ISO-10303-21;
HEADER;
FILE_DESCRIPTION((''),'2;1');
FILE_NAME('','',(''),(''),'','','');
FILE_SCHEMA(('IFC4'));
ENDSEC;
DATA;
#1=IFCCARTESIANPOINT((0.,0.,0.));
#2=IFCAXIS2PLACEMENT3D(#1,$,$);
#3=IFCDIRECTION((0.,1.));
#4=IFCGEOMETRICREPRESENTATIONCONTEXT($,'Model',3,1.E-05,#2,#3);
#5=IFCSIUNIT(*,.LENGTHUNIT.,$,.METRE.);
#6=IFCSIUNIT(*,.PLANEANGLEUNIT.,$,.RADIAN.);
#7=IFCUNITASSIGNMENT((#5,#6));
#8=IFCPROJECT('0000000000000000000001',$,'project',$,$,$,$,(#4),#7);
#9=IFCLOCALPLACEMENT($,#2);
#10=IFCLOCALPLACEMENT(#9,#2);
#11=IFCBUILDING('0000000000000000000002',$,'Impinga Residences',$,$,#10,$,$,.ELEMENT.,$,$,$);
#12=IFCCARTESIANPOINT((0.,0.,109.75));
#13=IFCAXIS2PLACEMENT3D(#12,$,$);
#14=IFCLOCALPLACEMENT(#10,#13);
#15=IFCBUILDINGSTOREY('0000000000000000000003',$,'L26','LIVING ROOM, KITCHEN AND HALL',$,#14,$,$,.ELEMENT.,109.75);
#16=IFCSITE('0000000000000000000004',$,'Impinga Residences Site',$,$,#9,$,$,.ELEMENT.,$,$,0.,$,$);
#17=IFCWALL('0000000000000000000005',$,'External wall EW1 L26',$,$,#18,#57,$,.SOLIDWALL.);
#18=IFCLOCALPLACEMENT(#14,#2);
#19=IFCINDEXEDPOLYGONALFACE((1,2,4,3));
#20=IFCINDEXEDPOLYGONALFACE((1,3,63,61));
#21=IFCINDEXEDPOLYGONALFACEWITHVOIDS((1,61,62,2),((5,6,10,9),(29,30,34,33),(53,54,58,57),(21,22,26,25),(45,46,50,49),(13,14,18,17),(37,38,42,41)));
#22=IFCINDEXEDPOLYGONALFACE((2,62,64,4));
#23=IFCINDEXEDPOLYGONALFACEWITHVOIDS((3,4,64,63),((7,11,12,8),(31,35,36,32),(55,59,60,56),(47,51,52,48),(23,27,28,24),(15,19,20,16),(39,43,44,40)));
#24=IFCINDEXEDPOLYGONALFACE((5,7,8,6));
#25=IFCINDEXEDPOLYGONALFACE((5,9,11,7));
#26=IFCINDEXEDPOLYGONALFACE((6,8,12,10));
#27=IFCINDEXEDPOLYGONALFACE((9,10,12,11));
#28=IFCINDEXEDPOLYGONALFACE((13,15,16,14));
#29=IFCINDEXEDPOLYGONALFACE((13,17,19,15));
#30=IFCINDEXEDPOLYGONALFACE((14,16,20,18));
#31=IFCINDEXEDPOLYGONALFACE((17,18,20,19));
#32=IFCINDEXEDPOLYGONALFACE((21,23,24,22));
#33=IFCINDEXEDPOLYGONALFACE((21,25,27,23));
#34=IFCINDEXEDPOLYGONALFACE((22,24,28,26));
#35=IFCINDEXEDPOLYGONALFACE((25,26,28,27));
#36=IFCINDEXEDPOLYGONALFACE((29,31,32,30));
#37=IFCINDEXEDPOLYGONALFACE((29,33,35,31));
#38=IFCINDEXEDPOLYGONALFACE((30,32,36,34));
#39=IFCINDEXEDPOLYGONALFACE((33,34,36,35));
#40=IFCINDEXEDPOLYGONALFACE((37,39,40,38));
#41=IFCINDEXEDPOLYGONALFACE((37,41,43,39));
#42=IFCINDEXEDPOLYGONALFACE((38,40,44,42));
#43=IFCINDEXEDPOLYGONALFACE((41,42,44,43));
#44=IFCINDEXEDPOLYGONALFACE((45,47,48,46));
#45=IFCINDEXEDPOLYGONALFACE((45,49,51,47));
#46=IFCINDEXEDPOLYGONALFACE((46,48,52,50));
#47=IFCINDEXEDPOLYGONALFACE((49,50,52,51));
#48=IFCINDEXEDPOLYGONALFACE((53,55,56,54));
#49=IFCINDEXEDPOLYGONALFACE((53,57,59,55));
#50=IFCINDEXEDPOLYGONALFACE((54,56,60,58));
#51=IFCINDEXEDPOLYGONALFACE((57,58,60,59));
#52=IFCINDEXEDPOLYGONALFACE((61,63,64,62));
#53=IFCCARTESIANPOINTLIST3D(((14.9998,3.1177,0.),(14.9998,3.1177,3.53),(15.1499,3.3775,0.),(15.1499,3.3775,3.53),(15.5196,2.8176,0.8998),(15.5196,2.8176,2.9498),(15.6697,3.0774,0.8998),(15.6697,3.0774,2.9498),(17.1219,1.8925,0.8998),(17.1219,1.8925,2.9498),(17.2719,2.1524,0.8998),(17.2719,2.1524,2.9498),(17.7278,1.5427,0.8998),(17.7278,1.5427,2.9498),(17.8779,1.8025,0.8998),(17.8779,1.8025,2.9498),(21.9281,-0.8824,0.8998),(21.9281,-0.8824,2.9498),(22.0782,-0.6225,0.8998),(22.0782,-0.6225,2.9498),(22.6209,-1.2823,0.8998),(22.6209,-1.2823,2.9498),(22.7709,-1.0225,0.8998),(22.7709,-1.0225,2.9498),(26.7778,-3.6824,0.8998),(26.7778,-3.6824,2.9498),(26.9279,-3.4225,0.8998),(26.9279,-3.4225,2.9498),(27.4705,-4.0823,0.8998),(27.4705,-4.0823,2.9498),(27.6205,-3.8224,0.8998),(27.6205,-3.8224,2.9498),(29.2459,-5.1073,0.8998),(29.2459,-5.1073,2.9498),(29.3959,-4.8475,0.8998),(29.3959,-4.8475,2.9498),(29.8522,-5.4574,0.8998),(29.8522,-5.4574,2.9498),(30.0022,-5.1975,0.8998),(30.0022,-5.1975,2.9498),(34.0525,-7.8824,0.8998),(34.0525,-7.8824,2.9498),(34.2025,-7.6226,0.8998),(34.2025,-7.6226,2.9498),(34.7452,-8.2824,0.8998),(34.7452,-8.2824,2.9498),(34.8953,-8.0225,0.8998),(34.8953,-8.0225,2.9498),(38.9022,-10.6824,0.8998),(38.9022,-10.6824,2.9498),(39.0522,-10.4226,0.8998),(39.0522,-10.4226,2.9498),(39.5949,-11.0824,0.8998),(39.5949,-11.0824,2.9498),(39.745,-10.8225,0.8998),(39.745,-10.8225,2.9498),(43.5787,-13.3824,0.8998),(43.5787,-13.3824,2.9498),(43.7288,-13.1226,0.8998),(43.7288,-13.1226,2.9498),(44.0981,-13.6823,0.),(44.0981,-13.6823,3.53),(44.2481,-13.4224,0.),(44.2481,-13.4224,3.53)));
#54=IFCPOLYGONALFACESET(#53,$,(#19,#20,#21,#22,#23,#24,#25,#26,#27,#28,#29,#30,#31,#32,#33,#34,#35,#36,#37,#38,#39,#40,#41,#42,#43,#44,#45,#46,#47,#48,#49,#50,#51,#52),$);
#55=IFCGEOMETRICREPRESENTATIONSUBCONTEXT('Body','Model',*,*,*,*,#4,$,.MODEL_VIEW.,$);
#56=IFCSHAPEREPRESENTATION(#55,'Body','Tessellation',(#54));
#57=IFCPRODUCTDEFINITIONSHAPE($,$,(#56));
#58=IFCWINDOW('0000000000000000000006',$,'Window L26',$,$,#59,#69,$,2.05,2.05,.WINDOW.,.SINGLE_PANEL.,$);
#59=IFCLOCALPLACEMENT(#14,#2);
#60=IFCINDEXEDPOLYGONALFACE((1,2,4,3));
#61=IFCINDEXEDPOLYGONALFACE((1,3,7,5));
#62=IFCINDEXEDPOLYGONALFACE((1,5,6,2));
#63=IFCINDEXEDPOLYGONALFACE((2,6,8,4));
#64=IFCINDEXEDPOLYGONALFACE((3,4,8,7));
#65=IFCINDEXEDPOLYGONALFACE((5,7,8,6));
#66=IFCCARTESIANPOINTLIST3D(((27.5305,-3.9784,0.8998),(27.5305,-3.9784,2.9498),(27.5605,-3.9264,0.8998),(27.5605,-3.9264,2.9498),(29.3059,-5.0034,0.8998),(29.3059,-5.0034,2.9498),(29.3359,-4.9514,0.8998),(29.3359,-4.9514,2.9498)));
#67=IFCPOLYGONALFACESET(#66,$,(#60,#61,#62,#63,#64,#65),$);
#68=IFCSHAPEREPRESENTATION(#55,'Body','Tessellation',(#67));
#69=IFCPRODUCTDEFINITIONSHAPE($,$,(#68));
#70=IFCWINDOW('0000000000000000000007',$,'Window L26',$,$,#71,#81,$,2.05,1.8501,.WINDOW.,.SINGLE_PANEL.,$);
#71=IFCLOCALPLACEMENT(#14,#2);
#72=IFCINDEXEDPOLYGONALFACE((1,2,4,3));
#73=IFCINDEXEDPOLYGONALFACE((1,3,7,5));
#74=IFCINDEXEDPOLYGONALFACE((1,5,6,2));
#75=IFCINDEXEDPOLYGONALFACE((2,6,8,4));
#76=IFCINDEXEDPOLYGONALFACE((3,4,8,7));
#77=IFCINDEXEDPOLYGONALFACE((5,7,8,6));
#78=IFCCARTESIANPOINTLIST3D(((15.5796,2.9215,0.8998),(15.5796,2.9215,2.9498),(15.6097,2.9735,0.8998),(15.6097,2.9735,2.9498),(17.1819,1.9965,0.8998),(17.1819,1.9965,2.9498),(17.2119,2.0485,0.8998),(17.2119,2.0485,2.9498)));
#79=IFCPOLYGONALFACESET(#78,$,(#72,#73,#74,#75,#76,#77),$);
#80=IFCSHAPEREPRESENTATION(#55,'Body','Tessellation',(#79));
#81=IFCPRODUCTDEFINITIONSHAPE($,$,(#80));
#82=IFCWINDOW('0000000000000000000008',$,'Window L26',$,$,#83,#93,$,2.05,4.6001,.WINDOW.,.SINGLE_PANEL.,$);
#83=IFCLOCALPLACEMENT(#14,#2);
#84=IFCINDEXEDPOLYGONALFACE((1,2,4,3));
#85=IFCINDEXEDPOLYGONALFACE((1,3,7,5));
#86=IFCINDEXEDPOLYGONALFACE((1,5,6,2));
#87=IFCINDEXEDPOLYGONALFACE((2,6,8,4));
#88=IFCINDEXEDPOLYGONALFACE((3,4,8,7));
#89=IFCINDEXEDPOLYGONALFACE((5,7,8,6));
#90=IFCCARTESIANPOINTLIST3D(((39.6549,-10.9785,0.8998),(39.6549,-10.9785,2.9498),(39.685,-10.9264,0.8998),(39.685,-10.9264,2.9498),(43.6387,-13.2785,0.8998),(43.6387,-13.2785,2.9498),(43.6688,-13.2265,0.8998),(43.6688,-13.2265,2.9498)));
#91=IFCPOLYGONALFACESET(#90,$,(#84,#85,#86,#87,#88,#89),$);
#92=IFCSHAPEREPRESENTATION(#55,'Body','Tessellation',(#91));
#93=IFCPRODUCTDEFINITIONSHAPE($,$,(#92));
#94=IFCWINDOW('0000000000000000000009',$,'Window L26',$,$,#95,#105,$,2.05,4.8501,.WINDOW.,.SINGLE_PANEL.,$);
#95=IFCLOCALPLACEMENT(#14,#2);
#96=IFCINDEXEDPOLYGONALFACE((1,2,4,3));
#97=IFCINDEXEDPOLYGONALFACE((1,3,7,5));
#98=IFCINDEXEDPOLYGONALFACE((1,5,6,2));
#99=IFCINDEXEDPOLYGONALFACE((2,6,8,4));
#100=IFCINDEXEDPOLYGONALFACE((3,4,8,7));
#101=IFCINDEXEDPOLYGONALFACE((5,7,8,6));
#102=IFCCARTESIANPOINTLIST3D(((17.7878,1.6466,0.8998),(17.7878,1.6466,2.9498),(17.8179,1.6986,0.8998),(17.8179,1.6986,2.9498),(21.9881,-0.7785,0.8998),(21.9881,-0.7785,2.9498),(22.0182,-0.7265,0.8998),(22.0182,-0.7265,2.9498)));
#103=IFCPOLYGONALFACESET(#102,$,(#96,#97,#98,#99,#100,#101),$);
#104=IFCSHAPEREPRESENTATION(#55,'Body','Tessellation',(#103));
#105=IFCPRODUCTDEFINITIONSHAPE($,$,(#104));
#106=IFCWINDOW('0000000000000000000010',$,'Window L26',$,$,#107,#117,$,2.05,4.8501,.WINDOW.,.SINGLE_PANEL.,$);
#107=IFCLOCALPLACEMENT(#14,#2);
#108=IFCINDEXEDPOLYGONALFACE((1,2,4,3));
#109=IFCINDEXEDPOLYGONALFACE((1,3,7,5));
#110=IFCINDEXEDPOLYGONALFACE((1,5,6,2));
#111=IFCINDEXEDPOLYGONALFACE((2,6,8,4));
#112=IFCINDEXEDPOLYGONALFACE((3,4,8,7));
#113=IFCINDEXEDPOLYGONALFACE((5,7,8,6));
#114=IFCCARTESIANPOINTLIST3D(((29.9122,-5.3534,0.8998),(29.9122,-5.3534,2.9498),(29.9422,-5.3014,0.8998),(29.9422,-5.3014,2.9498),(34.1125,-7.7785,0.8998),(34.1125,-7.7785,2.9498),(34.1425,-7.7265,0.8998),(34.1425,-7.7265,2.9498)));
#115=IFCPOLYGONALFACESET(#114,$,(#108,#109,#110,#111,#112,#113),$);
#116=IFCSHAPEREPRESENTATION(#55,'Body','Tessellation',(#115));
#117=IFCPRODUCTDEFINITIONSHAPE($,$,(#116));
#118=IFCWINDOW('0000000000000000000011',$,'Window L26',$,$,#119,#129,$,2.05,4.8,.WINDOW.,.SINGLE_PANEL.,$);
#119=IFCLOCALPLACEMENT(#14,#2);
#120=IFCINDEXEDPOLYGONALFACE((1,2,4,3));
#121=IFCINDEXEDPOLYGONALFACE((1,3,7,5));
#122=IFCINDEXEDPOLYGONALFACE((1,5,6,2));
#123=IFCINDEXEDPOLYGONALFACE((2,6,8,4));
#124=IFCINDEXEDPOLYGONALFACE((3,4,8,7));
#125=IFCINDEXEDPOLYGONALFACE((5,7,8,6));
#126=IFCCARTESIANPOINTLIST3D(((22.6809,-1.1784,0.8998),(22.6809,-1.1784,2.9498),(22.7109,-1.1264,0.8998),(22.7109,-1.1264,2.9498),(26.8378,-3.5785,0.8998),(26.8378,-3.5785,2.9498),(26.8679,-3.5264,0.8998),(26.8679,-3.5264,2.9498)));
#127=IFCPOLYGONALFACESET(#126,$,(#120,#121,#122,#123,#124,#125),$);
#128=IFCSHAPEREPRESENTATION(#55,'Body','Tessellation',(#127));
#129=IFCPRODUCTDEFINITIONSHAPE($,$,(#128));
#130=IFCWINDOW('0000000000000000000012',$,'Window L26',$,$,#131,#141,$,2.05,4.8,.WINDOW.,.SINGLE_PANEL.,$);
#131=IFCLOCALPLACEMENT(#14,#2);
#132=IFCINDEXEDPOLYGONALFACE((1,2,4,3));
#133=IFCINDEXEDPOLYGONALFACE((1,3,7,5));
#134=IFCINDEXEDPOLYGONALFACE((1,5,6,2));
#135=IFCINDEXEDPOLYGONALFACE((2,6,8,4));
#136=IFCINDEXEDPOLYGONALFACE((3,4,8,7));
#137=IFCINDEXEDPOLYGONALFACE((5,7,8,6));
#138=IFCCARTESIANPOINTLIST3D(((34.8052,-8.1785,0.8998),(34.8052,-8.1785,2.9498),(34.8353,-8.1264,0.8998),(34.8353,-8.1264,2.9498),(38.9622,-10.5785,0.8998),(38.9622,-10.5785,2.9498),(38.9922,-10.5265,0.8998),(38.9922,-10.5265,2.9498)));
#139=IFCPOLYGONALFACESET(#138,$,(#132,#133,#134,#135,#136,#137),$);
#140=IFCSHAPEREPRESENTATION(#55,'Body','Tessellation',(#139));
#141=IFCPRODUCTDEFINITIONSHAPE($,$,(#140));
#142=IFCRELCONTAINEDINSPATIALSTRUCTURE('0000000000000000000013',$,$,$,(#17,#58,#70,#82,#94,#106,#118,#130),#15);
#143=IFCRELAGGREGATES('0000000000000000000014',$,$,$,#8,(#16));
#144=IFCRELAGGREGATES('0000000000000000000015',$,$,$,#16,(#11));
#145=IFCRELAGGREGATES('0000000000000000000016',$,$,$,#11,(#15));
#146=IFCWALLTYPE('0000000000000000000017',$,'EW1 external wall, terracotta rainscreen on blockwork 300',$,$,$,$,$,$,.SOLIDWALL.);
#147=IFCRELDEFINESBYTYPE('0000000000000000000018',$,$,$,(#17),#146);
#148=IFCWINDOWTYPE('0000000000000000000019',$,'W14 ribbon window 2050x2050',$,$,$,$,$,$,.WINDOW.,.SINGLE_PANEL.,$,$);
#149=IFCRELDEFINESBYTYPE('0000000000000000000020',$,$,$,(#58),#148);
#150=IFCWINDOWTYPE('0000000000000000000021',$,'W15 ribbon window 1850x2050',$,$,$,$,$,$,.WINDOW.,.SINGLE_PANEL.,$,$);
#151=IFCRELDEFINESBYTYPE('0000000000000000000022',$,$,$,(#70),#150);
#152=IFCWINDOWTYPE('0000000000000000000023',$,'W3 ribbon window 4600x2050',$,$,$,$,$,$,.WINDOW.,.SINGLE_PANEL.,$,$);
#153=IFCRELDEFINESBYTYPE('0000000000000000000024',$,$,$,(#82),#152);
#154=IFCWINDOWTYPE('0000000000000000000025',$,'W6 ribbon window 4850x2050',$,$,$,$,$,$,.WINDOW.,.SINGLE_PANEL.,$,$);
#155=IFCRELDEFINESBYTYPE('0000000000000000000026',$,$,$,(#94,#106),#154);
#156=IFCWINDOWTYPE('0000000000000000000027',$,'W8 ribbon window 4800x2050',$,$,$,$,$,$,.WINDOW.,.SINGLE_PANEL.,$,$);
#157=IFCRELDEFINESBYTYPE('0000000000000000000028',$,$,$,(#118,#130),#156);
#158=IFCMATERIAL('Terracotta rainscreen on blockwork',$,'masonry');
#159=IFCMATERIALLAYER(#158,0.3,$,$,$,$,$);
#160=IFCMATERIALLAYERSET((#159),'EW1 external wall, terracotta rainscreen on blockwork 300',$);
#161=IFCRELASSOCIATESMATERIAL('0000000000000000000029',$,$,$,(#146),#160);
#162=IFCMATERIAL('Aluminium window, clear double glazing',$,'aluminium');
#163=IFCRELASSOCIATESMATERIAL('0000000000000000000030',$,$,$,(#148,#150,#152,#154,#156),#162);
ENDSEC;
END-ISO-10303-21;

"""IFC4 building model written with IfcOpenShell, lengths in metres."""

from ifc_helpers import new_model, si_unit, direction, frame, frame_2d, origin, place, context, subcontext, project, spatial, rectangle, extrude, material, layer, layer_set, type_object, element, fill, save


model = new_model("IFC4")

# Units and contexts
model_context = context("Model", 3, precision=1e-05, world=origin(), true_north=direction((0.0, 1.0)))
body_context = subcontext(model_context, "Body", "Model", "MODEL_VIEW")
ifc_project = project(units=[si_unit("LENGTHUNIT", "METRE"), si_unit("PLANEANGLEUNIT", "RADIAN")], contexts=[model_context])

# Site, building, storey
site_placement = place(None, origin())
site = spatial("IfcSite", under=ifc_project, at=site_placement, Name="Impinga Residences Site", CompositionType="ELEMENT", RefElevation=0.0)
building_placement = place(site_placement, origin())
building = spatial("IfcBuilding", under=site, at=building_placement, Name="Impinga Residences", CompositionType="ELEMENT")
storey_placement = place(building_placement, frame((0.0, 0.0, 109.75)))
storey = spatial("IfcBuildingStorey", under=building, at=storey_placement, Name="L26", Description="LIVING ROOM, KITCHEN AND HALL", CompositionType="ELEMENT", Elevation=109.75)

# Shared definitions
ifc_material_1 = material(Name="Terracotta rainscreen on blockwork", Category="masonry")
ifc_layer_1 = layer(ifc_material_1, 0.3)
ifc_layer_set_1 = layer_set([ifc_layer_1], Name="EW1 external wall, terracotta rainscreen on blockwork 300")
wall_type_1 = type_object("IfcWallType", Name="EW1 external wall, terracotta rainscreen on blockwork 300", PredefinedType="SOLIDWALL", material=ifc_layer_set_1)

# Wall, openings, windows
wall_1_placement = place(storey_placement, frame((15.075, 3.2476, 0.0), z_axis=(0.0, 0.0, 1.0), x_axis=(0.866024, -0.500002, 0.0)))
wall_1 = element("IfcWall", 1, at=wall_1_placement, inside=storey, type_object=wall_type_1, Name="External wall EW1 L26", PredefinedType="SOLIDWALL", context=body_context, shape_type="SweptSolid", body=[
    extrude(rectangle(XDim=33.5999, YDim=0.3, at=frame_2d((16.7998, 0.0))), origin(), (0.0, 0.0, 1.0), 3.53),
])
opening_1_placement = place(wall_1_placement, frame((0.6001, 0.0, 0.8999)))
opening_1 = element("IfcOpeningElement", 2, at=opening_1_placement, cuts=wall_1, PredefinedType="OPENING", context=body_context, shape_type="SweptSolid", body=[
    extrude(rectangle(XDim=1.8501, YDim=2.05, at=frame_2d((0.925, 1.0249))), frame((0.0, 0.1599, 0.0), z_axis=(0.0, -1.0, 0.0), x_axis=(1.0, 0.0, 0.0)), (0.0, 0.0, 1.0), 0.3201),
])
opening_2_placement = place(wall_1_placement, frame((3.1499, 0.0, 0.8999)))
opening_2 = element("IfcOpeningElement", 3, at=opening_2_placement, cuts=wall_1, PredefinedType="OPENING", context=body_context, shape_type="SweptSolid", body=[
    extrude(rectangle(XDim=4.8501, YDim=2.05, at=frame_2d((2.425, 1.0249))), frame((0.0, 0.1599, 0.0), z_axis=(0.0, -1.0, 0.0), x_axis=(1.0, 0.0, 0.0)), (0.0, 0.0, 1.0), 0.3201),
])
opening_3_placement = place(wall_1_placement, frame((8.8, 0.0, 0.8999)))
opening_3 = element("IfcOpeningElement", 4, at=opening_3_placement, cuts=wall_1, PredefinedType="OPENING", context=body_context, shape_type="SweptSolid", body=[
    extrude(rectangle(XDim=4.8, YDim=2.05, at=frame_2d((2.3999, 1.0249))), frame((0.0, 0.1599, 0.0), z_axis=(0.0, -1.0, 0.0), x_axis=(1.0, 0.0, 0.0)), (0.0, 0.0, 1.0), 0.3201),
])
opening_4_placement = place(wall_1_placement, frame((14.3999, 0.0, 0.8999)))
opening_4 = element("IfcOpeningElement", 5, at=opening_4_placement, cuts=wall_1, PredefinedType="OPENING", context=body_context, shape_type="SweptSolid", body=[
    extrude(rectangle(XDim=2.05, YDim=2.05, at=frame_2d((1.0249, 1.0249))), frame((0.0, 0.1599, 0.0), z_axis=(0.0, -1.0, 0.0), x_axis=(1.0, 0.0, 0.0)), (0.0, 0.0, 1.0), 0.3201),
])
opening_5_placement = place(wall_1_placement, frame((17.1499, 0.0, 0.8999)))
opening_5 = element("IfcOpeningElement", 6, at=opening_5_placement, cuts=wall_1, PredefinedType="OPENING", context=body_context, shape_type="SweptSolid", body=[
    extrude(rectangle(XDim=4.8501, YDim=2.05, at=frame_2d((2.425, 1.0249))), frame((0.0, 0.1599, 0.0), z_axis=(0.0, -1.0, 0.0), x_axis=(1.0, 0.0, 0.0)), (0.0, 0.0, 1.0), 0.3201),
])
opening_6_placement = place(wall_1_placement, frame((22.8, 0.0, 0.8999)))
opening_6 = element("IfcOpeningElement", 7, at=opening_6_placement, cuts=wall_1, PredefinedType="OPENING", context=body_context, shape_type="SweptSolid", body=[
    extrude(rectangle(XDim=4.8, YDim=2.05, at=frame_2d((2.3999, 1.0249))), frame((0.0, 0.1599, 0.0), z_axis=(0.0, -1.0, 0.0), x_axis=(1.0, 0.0, 0.0)), (0.0, 0.0, 1.0), 0.3201),
])
opening_7_placement = place(wall_1_placement, frame((28.3999, 0.0, 0.8999)))
opening_7 = element("IfcOpeningElement", 8, at=opening_7_placement, cuts=wall_1, PredefinedType="OPENING", context=body_context, shape_type="SweptSolid", body=[
    extrude(rectangle(XDim=4.6001, YDim=2.05, at=frame_2d((2.3, 1.0249))), frame((0.0, 0.1599, 0.0), z_axis=(0.0, -1.0, 0.0), x_axis=(1.0, 0.0, 0.0)), (0.0, 0.0, 1.0), 0.3201),
])
ifc_material_2 = material(Name="Aluminium window, clear double glazing", Category="aluminium")
window_type_1 = type_object("IfcWindowType", Name="W14 ribbon window 2050x2050", PartitioningType="SINGLE_PANEL", PredefinedType="WINDOW", material=ifc_material_2)
window_1_placement = place(opening_4_placement, origin())
window_1 = element("IfcWindow", 9, at=window_1_placement, inside=storey, type_object=window_type_1, Name="Window L26", OverallHeight=2.05, OverallWidth=2.05, PartitioningType="SINGLE_PANEL", PredefinedType="WINDOW", context=body_context, shape_type="SweptSolid", body=[
    extrude(rectangle(XDim=2.05, YDim=2.05, at=frame_2d((1.0249, 1.0249))), frame((0.0, 0.03, 0.0), z_axis=(0.0, -1.0, 0.0), x_axis=(1.0, 0.0, 0.0)), (0.0, 0.0, 1.0), 0.0601),
])
fill(opening_4, window_1)
window_type_2 = type_object("IfcWindowType", Name="W15 ribbon window 1850x2050", PartitioningType="SINGLE_PANEL", PredefinedType="WINDOW", material=ifc_material_2)
window_2_placement = place(opening_1_placement, origin())
window_2 = element("IfcWindow", 10, at=window_2_placement, inside=storey, type_object=window_type_2, Name="Window L26", OverallHeight=2.05, OverallWidth=1.8501, PartitioningType="SINGLE_PANEL", PredefinedType="WINDOW", context=body_context, shape_type="SweptSolid", body=[
    extrude(rectangle(XDim=1.8501, YDim=2.05, at=frame_2d((0.925, 1.0249))), frame((0.0, 0.03, 0.0), z_axis=(0.0, -1.0, 0.0), x_axis=(1.0, 0.0, 0.0)), (0.0, 0.0, 1.0), 0.0601),
])
fill(opening_1, window_2)
window_type_3 = type_object("IfcWindowType", Name="W3 ribbon window 4600x2050", PartitioningType="SINGLE_PANEL", PredefinedType="WINDOW", material=ifc_material_2)
window_3_placement = place(opening_7_placement, origin())
window_3 = element("IfcWindow", 11, at=window_3_placement, inside=storey, type_object=window_type_3, Name="Window L26", OverallHeight=2.05, OverallWidth=4.6001, PartitioningType="SINGLE_PANEL", PredefinedType="WINDOW", context=body_context, shape_type="SweptSolid", body=[
    extrude(rectangle(XDim=4.6001, YDim=2.05, at=frame_2d((2.3, 1.0249))), frame((0.0, 0.03, 0.0), z_axis=(0.0, -1.0, 0.0), x_axis=(1.0, 0.0, 0.0)), (0.0, 0.0, 1.0), 0.0601),
])
fill(opening_7, window_3)
window_type_4 = type_object("IfcWindowType", Name="W6 ribbon window 4850x2050", PartitioningType="SINGLE_PANEL", PredefinedType="WINDOW", material=ifc_material_2)
window_4_placement = place(opening_2_placement, origin())
window_4 = element("IfcWindow", 12, at=window_4_placement, inside=storey, type_object=window_type_4, Name="Window L26", OverallHeight=2.05, OverallWidth=4.8501, PartitioningType="SINGLE_PANEL", PredefinedType="WINDOW", context=body_context, shape_type="SweptSolid", body=[
    extrude(rectangle(XDim=4.8501, YDim=2.05, at=frame_2d((2.425, 1.0249))), frame((0.0, 0.03, 0.0), z_axis=(0.0, -1.0, 0.0), x_axis=(1.0, 0.0, 0.0)), (0.0, 0.0, 1.0), 0.0601),
])
fill(opening_2, window_4)
window_5_placement = place(opening_5_placement, origin())
window_5 = element("IfcWindow", 13, at=window_5_placement, inside=storey, type_object=window_type_4, Name="Window L26", OverallHeight=2.05, OverallWidth=4.8501, PartitioningType="SINGLE_PANEL", PredefinedType="WINDOW", context=body_context, shape_type="SweptSolid", body=[
    extrude(rectangle(XDim=4.8501, YDim=2.05, at=frame_2d((2.425, 1.0249))), frame((0.0, 0.03, 0.0), z_axis=(0.0, -1.0, 0.0), x_axis=(1.0, 0.0, 0.0)), (0.0, 0.0, 1.0), 0.0601),
])
fill(opening_5, window_5)
window_type_5 = type_object("IfcWindowType", Name="W8 ribbon window 4800x2050", PartitioningType="SINGLE_PANEL", PredefinedType="WINDOW", material=ifc_material_2)
window_6_placement = place(opening_3_placement, origin())
window_6 = element("IfcWindow", 14, at=window_6_placement, inside=storey, type_object=window_type_5, Name="Window L26", OverallHeight=2.05, OverallWidth=4.8, PartitioningType="SINGLE_PANEL", PredefinedType="WINDOW", context=body_context, shape_type="SweptSolid", body=[
    extrude(rectangle(XDim=4.8, YDim=2.05, at=frame_2d((2.3999, 1.0249))), frame((0.0, 0.03, 0.0), z_axis=(0.0, -1.0, 0.0), x_axis=(1.0, 0.0, 0.0)), (0.0, 0.0, 1.0), 0.0601),
])
fill(opening_3, window_6)
window_7_placement = place(opening_6_placement, origin())
window_7 = element("IfcWindow", 15, at=window_7_placement, inside=storey, type_object=window_type_5, Name="Window L26", OverallHeight=2.05, OverallWidth=4.8, PartitioningType="SINGLE_PANEL", PredefinedType="WINDOW", context=body_context, shape_type="SweptSolid", body=[
    extrude(rectangle(XDim=4.8, YDim=2.05, at=frame_2d((2.3999, 1.0249))), frame((0.0, 0.03, 0.0), z_axis=(0.0, -1.0, 0.0), x_axis=(1.0, 0.0, 0.0)), (0.0, 0.0, 1.0), 0.0601),
])
fill(opening_6, window_7)

save(model, "model.ifc")
